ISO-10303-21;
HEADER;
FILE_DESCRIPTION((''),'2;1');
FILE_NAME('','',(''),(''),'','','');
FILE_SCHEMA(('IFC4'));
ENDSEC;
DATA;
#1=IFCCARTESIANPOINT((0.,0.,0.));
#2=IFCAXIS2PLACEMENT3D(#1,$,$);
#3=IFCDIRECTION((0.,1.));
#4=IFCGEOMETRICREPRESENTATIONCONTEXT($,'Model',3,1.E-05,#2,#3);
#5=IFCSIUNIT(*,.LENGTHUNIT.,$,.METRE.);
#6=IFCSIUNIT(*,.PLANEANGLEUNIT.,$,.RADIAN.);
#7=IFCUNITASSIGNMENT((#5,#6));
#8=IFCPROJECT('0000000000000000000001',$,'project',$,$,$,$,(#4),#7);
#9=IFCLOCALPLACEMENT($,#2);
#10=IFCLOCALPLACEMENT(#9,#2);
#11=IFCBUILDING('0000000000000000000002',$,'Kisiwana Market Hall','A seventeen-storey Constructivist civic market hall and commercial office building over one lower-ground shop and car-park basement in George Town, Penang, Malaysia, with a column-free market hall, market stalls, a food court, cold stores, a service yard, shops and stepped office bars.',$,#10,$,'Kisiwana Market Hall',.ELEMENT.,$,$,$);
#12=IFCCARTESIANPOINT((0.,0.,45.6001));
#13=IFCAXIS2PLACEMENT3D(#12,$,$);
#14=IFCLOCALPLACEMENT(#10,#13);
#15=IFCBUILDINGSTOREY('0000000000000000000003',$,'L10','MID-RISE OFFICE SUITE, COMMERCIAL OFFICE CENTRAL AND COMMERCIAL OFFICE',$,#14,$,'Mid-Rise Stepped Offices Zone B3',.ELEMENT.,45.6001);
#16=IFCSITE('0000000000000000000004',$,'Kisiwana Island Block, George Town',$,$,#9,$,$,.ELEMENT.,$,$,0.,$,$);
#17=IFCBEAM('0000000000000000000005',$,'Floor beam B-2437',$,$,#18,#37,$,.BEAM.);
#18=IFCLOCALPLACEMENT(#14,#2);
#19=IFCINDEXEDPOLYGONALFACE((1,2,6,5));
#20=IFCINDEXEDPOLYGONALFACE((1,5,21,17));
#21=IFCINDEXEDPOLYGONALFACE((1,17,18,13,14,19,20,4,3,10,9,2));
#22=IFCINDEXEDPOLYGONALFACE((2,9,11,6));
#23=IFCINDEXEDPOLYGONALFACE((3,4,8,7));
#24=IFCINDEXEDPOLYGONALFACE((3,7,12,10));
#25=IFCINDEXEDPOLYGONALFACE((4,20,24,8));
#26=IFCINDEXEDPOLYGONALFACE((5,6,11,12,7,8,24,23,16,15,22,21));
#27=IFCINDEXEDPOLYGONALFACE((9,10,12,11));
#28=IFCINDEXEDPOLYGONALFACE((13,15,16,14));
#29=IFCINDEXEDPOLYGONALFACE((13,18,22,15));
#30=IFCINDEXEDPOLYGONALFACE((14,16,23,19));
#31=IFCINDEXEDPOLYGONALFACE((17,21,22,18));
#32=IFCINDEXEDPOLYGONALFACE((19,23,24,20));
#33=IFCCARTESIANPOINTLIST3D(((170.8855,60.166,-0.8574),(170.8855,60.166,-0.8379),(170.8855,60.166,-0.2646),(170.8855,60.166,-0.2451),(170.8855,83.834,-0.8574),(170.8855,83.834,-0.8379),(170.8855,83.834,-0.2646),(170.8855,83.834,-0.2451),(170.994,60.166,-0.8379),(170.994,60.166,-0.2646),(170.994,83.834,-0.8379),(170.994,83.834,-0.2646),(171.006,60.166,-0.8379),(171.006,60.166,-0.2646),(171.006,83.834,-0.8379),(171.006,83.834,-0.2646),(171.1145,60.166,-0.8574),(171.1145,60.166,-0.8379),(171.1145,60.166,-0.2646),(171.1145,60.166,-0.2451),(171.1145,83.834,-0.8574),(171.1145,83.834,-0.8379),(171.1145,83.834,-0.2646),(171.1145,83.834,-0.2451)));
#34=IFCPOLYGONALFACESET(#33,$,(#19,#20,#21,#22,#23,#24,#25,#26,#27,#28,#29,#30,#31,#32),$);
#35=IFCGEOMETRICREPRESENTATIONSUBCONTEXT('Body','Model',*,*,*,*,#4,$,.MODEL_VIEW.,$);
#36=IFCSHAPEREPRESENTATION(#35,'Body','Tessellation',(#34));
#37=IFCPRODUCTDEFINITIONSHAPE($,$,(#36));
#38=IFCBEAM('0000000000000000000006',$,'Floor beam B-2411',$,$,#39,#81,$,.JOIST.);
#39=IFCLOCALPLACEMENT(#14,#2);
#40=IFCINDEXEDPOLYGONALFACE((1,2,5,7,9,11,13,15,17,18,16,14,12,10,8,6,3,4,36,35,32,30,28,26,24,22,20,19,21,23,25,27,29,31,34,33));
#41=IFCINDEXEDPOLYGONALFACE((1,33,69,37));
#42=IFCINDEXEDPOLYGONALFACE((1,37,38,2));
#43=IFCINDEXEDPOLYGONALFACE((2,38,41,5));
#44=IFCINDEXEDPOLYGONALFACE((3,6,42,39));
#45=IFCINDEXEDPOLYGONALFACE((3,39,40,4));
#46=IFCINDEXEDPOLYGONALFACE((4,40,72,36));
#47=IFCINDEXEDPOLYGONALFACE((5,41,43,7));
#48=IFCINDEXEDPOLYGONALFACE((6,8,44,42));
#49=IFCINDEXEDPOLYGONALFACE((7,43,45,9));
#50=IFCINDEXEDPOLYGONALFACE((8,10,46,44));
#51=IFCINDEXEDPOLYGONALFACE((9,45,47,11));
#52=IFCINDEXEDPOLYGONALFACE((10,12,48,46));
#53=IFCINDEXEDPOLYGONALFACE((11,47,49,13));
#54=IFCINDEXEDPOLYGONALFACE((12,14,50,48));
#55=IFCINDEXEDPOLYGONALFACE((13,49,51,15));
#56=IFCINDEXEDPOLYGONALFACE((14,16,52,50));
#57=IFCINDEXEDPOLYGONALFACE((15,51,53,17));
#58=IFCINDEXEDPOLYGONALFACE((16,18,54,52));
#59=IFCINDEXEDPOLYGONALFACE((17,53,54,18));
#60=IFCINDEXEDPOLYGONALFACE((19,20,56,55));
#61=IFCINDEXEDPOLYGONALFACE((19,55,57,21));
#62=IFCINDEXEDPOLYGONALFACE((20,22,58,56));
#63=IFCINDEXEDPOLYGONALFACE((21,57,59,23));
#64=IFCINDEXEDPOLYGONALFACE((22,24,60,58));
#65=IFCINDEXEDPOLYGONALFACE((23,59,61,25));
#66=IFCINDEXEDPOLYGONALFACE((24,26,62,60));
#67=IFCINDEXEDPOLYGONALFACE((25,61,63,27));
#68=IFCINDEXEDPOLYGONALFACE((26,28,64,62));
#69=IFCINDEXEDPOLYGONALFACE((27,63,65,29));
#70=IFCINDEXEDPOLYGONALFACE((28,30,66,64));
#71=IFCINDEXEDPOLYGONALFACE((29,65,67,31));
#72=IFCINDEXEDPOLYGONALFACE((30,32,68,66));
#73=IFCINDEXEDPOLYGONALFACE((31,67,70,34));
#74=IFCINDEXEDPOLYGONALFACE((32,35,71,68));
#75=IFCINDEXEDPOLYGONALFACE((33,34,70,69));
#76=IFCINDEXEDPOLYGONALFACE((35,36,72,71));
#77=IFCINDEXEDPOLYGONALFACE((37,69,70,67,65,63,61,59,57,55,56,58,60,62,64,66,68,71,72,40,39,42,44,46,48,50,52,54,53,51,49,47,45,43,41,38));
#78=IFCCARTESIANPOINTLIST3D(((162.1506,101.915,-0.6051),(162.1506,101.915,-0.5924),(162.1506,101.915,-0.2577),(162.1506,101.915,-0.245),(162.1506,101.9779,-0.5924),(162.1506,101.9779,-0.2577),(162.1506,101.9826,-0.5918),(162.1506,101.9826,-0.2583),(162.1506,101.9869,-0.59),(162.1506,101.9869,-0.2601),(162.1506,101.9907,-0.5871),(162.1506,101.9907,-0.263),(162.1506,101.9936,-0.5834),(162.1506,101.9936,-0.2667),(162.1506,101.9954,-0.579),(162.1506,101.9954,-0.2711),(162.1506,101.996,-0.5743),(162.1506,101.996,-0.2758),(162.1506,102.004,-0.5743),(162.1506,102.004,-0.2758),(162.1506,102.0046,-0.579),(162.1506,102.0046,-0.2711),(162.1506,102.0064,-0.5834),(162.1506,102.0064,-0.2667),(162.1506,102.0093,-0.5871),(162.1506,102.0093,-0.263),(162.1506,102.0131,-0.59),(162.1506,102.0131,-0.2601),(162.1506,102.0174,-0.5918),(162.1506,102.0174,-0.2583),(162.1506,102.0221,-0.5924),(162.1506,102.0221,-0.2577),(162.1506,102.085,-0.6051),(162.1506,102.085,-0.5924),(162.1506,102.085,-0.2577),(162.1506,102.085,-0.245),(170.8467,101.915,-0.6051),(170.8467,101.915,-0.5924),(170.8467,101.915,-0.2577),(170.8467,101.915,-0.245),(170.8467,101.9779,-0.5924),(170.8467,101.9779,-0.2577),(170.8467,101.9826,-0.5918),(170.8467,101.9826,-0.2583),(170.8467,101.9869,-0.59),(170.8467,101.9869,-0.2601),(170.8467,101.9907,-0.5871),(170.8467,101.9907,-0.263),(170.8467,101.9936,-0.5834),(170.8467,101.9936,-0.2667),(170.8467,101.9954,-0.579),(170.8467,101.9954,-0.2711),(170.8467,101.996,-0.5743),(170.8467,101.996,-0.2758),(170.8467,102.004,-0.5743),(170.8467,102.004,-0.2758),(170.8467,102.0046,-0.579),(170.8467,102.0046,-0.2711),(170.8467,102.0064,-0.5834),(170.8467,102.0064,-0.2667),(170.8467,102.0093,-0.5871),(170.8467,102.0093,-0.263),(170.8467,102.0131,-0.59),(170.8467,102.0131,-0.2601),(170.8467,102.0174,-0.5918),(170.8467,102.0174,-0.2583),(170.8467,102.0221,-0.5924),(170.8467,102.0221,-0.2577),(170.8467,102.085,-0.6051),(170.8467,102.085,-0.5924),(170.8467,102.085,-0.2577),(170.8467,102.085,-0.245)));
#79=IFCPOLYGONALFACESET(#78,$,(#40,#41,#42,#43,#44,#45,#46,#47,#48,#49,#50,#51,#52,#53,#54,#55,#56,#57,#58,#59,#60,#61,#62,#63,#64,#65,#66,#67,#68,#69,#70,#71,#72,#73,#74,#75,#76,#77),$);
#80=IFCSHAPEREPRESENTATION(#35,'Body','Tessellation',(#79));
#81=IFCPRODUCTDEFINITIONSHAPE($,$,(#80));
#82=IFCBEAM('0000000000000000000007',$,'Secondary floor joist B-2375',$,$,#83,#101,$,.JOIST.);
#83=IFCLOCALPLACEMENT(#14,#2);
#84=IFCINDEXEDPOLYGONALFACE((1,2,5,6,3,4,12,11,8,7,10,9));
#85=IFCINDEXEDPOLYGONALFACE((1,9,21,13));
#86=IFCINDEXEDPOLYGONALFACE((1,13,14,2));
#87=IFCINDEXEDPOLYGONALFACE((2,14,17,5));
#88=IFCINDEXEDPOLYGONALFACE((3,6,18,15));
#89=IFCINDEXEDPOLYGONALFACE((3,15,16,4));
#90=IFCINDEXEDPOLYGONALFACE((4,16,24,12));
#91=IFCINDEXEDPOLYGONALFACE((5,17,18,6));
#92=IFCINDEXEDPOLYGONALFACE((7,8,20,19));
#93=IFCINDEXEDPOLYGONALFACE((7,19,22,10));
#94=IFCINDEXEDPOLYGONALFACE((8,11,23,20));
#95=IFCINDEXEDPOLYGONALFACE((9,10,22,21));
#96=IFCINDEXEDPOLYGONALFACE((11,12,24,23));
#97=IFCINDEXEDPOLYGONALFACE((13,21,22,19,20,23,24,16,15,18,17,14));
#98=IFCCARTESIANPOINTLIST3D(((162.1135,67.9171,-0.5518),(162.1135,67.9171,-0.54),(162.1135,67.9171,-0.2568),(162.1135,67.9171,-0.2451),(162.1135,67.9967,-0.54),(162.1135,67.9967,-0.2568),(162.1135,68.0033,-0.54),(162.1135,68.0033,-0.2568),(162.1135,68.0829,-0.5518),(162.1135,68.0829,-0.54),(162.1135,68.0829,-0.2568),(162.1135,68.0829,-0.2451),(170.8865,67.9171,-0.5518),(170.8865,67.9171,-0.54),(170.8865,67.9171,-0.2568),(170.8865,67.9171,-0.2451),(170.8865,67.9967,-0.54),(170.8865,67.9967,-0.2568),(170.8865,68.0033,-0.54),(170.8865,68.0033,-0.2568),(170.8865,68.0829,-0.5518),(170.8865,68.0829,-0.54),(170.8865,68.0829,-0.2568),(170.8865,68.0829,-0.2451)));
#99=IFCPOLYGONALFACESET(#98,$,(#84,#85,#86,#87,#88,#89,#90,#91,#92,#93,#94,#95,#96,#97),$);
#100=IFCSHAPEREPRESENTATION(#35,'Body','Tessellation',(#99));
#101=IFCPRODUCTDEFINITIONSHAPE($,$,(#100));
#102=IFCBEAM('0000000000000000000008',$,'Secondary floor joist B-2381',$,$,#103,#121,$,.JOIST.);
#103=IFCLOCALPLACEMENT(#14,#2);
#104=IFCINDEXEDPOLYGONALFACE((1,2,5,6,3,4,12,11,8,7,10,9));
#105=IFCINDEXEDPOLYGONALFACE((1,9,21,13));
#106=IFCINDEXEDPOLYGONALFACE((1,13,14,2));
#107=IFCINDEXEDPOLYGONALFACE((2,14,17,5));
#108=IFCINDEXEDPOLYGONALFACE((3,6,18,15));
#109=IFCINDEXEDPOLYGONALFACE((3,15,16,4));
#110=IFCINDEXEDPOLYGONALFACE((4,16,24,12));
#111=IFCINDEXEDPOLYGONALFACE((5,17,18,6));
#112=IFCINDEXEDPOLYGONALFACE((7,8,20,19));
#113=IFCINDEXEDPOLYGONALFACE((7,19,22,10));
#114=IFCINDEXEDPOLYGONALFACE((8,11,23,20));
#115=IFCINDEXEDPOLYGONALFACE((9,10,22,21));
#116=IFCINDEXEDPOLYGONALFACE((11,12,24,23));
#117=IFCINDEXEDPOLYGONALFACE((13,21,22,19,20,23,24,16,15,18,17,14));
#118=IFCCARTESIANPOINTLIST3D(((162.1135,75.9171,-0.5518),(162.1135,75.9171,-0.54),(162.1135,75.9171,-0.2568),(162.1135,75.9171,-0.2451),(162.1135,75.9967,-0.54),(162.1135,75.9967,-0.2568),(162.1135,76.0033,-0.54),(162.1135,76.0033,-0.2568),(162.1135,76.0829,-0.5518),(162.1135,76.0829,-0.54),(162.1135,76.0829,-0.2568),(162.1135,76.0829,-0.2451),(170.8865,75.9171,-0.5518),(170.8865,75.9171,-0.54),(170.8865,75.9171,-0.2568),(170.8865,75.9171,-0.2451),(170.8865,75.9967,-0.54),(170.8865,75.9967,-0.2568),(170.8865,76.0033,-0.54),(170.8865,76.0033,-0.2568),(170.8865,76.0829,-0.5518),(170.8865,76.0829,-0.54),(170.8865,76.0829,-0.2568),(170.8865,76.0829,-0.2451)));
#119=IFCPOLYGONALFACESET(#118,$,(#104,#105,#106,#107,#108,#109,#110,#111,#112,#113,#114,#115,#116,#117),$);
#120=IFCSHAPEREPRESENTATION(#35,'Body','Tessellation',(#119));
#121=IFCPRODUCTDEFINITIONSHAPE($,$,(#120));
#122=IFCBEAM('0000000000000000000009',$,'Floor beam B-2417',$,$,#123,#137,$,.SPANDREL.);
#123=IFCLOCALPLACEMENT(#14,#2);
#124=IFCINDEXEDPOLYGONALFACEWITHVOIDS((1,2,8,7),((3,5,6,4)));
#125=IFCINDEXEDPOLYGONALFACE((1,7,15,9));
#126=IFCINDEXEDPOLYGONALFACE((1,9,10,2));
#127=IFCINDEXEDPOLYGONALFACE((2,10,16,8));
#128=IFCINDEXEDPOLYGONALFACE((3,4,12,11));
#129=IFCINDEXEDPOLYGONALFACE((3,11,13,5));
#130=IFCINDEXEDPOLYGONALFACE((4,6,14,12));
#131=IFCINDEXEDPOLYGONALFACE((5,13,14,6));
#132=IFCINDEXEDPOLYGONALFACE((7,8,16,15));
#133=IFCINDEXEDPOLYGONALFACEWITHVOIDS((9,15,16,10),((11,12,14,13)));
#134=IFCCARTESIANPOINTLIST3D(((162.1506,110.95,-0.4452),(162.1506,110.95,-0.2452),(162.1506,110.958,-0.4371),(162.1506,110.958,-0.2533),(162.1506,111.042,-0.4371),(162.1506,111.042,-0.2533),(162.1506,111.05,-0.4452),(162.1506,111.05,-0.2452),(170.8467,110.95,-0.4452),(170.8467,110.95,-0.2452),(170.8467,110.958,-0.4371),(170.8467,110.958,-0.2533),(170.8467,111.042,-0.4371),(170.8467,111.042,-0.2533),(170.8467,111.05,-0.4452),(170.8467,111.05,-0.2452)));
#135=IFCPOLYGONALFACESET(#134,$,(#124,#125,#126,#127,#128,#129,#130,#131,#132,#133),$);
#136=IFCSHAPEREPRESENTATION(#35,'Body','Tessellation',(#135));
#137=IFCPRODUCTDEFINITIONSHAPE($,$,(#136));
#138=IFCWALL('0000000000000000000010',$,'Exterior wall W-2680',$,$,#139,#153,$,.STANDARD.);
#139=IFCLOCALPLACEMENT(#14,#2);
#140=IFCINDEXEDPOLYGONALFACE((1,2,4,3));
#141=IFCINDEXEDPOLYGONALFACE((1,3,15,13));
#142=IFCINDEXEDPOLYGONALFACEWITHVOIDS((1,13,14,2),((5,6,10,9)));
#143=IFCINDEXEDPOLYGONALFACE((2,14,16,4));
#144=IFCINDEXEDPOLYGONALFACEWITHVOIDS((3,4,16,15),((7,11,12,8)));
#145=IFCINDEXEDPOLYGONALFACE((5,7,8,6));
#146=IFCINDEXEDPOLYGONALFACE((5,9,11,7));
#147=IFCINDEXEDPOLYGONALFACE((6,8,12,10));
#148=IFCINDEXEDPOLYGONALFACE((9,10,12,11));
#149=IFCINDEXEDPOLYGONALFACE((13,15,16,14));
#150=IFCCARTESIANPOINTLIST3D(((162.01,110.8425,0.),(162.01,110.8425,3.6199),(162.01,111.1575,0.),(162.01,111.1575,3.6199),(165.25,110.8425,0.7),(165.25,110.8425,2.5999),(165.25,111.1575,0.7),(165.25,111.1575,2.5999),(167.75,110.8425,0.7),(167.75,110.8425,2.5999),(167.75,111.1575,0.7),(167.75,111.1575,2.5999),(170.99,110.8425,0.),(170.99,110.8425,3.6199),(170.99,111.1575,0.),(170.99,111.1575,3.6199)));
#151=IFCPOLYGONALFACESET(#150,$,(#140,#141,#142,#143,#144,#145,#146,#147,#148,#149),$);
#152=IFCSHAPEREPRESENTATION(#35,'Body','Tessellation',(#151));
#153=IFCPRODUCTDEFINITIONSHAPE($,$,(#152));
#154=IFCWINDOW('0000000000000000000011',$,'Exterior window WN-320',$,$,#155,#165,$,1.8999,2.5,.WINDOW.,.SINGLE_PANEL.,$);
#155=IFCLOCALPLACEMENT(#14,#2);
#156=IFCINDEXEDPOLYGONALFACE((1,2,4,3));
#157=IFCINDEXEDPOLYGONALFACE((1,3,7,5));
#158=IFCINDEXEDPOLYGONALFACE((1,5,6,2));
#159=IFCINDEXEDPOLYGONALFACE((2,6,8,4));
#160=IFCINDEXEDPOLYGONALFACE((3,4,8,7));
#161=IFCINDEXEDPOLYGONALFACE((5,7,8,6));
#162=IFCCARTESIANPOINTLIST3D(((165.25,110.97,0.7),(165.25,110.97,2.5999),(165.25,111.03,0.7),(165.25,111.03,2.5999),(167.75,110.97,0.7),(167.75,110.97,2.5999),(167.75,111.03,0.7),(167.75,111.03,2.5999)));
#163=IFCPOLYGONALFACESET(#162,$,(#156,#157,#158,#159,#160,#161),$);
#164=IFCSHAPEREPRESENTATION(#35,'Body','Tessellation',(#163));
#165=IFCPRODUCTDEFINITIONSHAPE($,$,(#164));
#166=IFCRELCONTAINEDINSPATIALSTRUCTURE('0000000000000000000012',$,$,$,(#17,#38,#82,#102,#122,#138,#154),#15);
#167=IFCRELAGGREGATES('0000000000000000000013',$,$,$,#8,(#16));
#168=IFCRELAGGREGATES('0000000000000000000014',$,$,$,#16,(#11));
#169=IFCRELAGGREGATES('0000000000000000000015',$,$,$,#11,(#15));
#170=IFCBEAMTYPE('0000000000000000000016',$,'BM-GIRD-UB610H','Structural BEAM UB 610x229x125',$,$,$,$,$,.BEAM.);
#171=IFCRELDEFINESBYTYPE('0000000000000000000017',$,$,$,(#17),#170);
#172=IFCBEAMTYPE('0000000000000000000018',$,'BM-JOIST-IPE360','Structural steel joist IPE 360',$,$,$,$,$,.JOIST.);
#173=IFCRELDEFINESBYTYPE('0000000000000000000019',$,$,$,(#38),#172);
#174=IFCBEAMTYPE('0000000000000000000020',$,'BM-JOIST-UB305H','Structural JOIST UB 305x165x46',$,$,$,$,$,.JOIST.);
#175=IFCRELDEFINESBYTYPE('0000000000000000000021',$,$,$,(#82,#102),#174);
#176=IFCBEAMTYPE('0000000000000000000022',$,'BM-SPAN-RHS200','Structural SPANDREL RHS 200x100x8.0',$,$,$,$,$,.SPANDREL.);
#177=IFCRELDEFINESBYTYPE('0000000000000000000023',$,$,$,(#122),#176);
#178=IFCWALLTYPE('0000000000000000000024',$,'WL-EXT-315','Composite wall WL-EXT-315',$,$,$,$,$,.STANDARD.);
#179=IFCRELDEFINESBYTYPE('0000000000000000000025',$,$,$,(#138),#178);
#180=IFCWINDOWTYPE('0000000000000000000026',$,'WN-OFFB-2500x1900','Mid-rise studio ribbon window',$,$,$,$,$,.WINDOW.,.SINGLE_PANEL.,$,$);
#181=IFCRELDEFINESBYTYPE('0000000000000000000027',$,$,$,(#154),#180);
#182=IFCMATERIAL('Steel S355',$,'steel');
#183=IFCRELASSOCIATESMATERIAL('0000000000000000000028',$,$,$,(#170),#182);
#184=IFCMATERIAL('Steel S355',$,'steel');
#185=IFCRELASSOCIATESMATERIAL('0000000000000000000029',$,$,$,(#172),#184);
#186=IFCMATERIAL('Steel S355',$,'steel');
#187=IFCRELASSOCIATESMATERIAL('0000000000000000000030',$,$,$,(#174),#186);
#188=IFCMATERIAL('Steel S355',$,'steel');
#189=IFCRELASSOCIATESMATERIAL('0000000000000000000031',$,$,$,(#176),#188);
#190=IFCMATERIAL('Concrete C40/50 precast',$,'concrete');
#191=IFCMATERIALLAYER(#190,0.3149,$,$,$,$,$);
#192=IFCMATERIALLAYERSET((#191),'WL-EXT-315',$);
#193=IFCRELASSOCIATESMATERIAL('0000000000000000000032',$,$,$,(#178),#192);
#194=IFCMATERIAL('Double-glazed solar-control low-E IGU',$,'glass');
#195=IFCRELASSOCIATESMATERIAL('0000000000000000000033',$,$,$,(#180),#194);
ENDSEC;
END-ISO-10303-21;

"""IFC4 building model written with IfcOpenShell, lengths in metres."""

from ifc_helpers import new_model, si_unit, direction, frame, frame_2d, origin, origin_2d, place, context, subcontext, project, spatial, rectangle, hollow_rectangle, i_section, extrude, material, layer, layer_set, material_profile, profile_set, type_object, element, fill, save


model = new_model("IFC4")

# Units and contexts
model_context = context("Model", 3, precision=1e-05, world=origin(), true_north=direction((0.0, 1.0)))
body_context = subcontext(model_context, "Body", "Model", "MODEL_VIEW")
ifc_project = project(units=[si_unit("LENGTHUNIT", "METRE"), si_unit("PLANEANGLEUNIT", "RADIAN")], contexts=[model_context])

# Site, building, storey
site_placement = place(None, origin())
site = spatial("IfcSite", under=ifc_project, at=site_placement, Name="Kisiwana Island Block, George Town", CompositionType="ELEMENT", RefElevation=0.0)
building_placement = place(site_placement, origin())
building = spatial("IfcBuilding", under=site, at=building_placement, Name="Kisiwana Market Hall", Description="A seventeen-storey Constructivist civic market hall and commercial office building over one lower-ground shop and car-park basement in George Town, Penang, Malaysia, with a column-free market hall, market stalls, a food court, cold stores, a service yard, shops and stepped office bars.", LongName="Kisiwana Market Hall", CompositionType="ELEMENT")
storey_placement = place(building_placement, frame((0.0, 0.0, 45.6001)))
storey = spatial("IfcBuildingStorey", under=building, at=storey_placement, Name="L10", Description="MID-RISE OFFICE SUITE, COMMERCIAL OFFICE CENTRAL AND COMMERCIAL OFFICE", LongName="Mid-Rise Stepped Offices Zone B3", CompositionType="ELEMENT", Elevation=45.6001)

# Beams
ifc_material_1 = material(Name="Steel S355", Category="steel")
ifc_material_profile_1 = material_profile(ifc_material_1, i_section(OverallWidth=0.229, OverallDepth=0.6123, WebThickness=0.012, FlangeThickness=0.0195, at=origin_2d()), Name="UB 610x229x125")
ifc_profile_set_1 = profile_set([ifc_material_profile_1], Name="Steel S355")
beam_type_1 = type_object("IfcBeamType", Name="BM-GIRD-UB610H", Description="Structural BEAM UB 610x229x125", PredefinedType="BEAM", material=ifc_profile_set_1)
beam_1_placement = place(storey_placement, frame((171.0, 60.166, -0.5513), z_axis=(0.0, 1.0, 0.0), x_axis=(-1.0, 0.0, 0.0)))
element("IfcBeam", 1, at=beam_1_placement, inside=storey, type_object=beam_type_1, Name="Floor beam B-2437", PredefinedType="BEAM", context=body_context, shape_type="SweptSolid", body=[
    extrude(i_section(OverallWidth=0.229, OverallDepth=0.6123, WebThickness=0.012, FlangeThickness=0.0195, at=origin_2d()), origin(), (0.0, 0.0, 1.0), 23.668),
])
ifc_material_2 = material(Name="Steel S355", Category="steel")
ifc_material_profile_2 = material_profile(ifc_material_2, i_section(OverallWidth=0.1699, OverallDepth=0.3601, WebThickness=0.0081, FlangeThickness=0.0127, FilletRadius=0.0181, at=origin_2d()), Name="IPE 360")
ifc_profile_set_2 = profile_set([ifc_material_profile_2], Name="Steel S355")
beam_type_2 = type_object("IfcBeamType", Name="BM-JOIST-IPE360", Description="Structural steel joist IPE 360", PredefinedType="JOIST", material=ifc_profile_set_2)
beam_2_placement = place(storey_placement, frame((162.1506, 102.0, -0.425), z_axis=(1.0, 0.0, 0.0), x_axis=(0.0, 1.0, 0.0)))
element("IfcBeam", 2, at=beam_2_placement, inside=storey, type_object=beam_type_2, Name="Floor beam B-2411", PredefinedType="JOIST", context=body_context, shape_type="SweptSolid", body=[
    extrude(i_section(OverallWidth=0.1699, OverallDepth=0.3601, WebThickness=0.0081, FlangeThickness=0.0127, FilletRadius=0.0181, at=origin_2d()), origin(), (0.0, 0.0, 1.0), 8.696),
])
ifc_material_3 = material(Name="Steel S355", Category="steel")
ifc_material_profile_3 = material_profile(ifc_material_3, i_section(OverallWidth=0.1658, OverallDepth=0.3066, WebThickness=0.0066, FlangeThickness=0.0117, at=origin_2d()), Name="UB 305x165x46")
ifc_profile_set_3 = profile_set([ifc_material_profile_3], Name="Steel S355")
beam_type_3 = type_object("IfcBeamType", Name="BM-JOIST-UB305H", Description="Structural JOIST UB 305x165x46", PredefinedType="JOIST", material=ifc_profile_set_3)
for number, where, z_axis, x_axis, name in (
    (3, (162.1135, 68.0, -0.3984), (1.0, 0.0, 0.0), (0.0, 1.0, 0.0), "Secondary floor joist B-2375"),
    (4, (162.1135, 76.0, -0.3984), (1.0, 0.0, 0.0), (0.0, 1.0, 0.0), "Secondary floor joist B-2381"),
):
    element("IfcBeam", number, at=place(storey_placement, frame(where, z_axis=z_axis, x_axis=x_axis)), inside=storey, type_object=beam_type_3, Name=name, PredefinedType="JOIST", context=body_context, shape_type="SweptSolid", body=[
        extrude(i_section(OverallWidth=0.1658, OverallDepth=0.3066, WebThickness=0.0066, FlangeThickness=0.0117, at=origin_2d()), origin(), (0.0, 0.0, 1.0), 8.7729),
    ])
ifc_material_4 = material(Name="Steel S355", Category="steel")
ifc_material_profile_4 = material_profile(ifc_material_4, hollow_rectangle(XDim=0.1001, YDim=0.2, WallThickness=0.0081, at=origin_2d()), Name="RHS 200x100x8.0")
ifc_profile_set_4 = profile_set([ifc_material_profile_4], Name="Steel S355")
beam_type_4 = type_object("IfcBeamType", Name="BM-SPAN-RHS200", Description="Structural SPANDREL RHS 200x100x8.0", PredefinedType="SPANDREL", material=ifc_profile_set_4)
beam_3_placement = place(storey_placement, frame((162.1506, 111.0, -0.3452), z_axis=(1.0, 0.0, 0.0), x_axis=(0.0, 1.0, 0.0)))
element("IfcBeam", 5, at=beam_3_placement, inside=storey, type_object=beam_type_4, Name="Floor beam B-2417", PredefinedType="SPANDREL", context=body_context, shape_type="SweptSolid", body=[
    extrude(hollow_rectangle(XDim=0.1001, YDim=0.2, WallThickness=0.0081, at=origin_2d()), origin(), (0.0, 0.0, 1.0), 8.696),
])

# Wall, opening, window
ifc_material_5 = material(Name="Concrete C40/50 precast", Category="concrete")
ifc_layer_1 = layer(ifc_material_5, 0.3149)
ifc_layer_set_1 = layer_set([ifc_layer_1], Name="WL-EXT-315")
wall_type_1 = type_object("IfcWallType", Name="WL-EXT-315", Description="Composite wall WL-EXT-315", PredefinedType="STANDARD", material=ifc_layer_set_1)
wall_1_placement = place(storey_placement, frame((162.01, 111.0, 0.0), z_axis=(0.0, 0.0, 1.0), x_axis=(1.0, 0.0, 0.0)))
wall_1 = element("IfcWall", 6, at=wall_1_placement, inside=storey, type_object=wall_type_1, Name="Exterior wall W-2680", PredefinedType="STANDARD", context=body_context, shape_type="SweptSolid", body=[
    extrude(rectangle(XDim=8.98, YDim=0.3149, at=frame_2d((4.49, 0.0))), origin(), (0.0, 0.0, 1.0), 3.6199),
])
opening_1_placement = place(wall_1_placement, frame((3.24, 0.0, 0.7)))
opening_1 = element("IfcOpeningElement", 7, at=opening_1_placement, cuts=wall_1, PredefinedType="OPENING", context=body_context, shape_type="SweptSolid", body=[
    extrude(rectangle(XDim=2.5, YDim=1.8999, at=frame_2d((1.25, 0.95))), frame((0.0, 0.1694, 0.0), z_axis=(0.0, -1.0, 0.0), x_axis=(1.0, 0.0, 0.0)), (0.0, 0.0, 1.0), 0.3389),
])
ifc_material_6 = material(Name="Double-glazed solar-control low-E IGU", Category="glass")
window_type_1 = type_object("IfcWindowType", Name="WN-OFFB-2500x1900", Description="Mid-rise studio ribbon window", PartitioningType="SINGLE_PANEL", PredefinedType="WINDOW", material=ifc_material_6)
window_1_placement = place(opening_1_placement, origin())
window_1 = element("IfcWindow", 8, at=window_1_placement, inside=storey, type_object=window_type_1, Name="Exterior window WN-320", OverallHeight=1.8999, OverallWidth=2.5, PartitioningType="SINGLE_PANEL", PredefinedType="WINDOW", context=body_context, shape_type="SweptSolid", body=[
    extrude(rectangle(XDim=2.5, YDim=1.8999, at=frame_2d((1.25, 0.95))), frame((0.0, 0.03, 0.0), z_axis=(0.0, -1.0, 0.0), x_axis=(1.0, 0.0, 0.0)), (0.0, 0.0, 1.0), 0.0601),
])
fill(opening_1, window_1)

save(model, "model.ifc")
